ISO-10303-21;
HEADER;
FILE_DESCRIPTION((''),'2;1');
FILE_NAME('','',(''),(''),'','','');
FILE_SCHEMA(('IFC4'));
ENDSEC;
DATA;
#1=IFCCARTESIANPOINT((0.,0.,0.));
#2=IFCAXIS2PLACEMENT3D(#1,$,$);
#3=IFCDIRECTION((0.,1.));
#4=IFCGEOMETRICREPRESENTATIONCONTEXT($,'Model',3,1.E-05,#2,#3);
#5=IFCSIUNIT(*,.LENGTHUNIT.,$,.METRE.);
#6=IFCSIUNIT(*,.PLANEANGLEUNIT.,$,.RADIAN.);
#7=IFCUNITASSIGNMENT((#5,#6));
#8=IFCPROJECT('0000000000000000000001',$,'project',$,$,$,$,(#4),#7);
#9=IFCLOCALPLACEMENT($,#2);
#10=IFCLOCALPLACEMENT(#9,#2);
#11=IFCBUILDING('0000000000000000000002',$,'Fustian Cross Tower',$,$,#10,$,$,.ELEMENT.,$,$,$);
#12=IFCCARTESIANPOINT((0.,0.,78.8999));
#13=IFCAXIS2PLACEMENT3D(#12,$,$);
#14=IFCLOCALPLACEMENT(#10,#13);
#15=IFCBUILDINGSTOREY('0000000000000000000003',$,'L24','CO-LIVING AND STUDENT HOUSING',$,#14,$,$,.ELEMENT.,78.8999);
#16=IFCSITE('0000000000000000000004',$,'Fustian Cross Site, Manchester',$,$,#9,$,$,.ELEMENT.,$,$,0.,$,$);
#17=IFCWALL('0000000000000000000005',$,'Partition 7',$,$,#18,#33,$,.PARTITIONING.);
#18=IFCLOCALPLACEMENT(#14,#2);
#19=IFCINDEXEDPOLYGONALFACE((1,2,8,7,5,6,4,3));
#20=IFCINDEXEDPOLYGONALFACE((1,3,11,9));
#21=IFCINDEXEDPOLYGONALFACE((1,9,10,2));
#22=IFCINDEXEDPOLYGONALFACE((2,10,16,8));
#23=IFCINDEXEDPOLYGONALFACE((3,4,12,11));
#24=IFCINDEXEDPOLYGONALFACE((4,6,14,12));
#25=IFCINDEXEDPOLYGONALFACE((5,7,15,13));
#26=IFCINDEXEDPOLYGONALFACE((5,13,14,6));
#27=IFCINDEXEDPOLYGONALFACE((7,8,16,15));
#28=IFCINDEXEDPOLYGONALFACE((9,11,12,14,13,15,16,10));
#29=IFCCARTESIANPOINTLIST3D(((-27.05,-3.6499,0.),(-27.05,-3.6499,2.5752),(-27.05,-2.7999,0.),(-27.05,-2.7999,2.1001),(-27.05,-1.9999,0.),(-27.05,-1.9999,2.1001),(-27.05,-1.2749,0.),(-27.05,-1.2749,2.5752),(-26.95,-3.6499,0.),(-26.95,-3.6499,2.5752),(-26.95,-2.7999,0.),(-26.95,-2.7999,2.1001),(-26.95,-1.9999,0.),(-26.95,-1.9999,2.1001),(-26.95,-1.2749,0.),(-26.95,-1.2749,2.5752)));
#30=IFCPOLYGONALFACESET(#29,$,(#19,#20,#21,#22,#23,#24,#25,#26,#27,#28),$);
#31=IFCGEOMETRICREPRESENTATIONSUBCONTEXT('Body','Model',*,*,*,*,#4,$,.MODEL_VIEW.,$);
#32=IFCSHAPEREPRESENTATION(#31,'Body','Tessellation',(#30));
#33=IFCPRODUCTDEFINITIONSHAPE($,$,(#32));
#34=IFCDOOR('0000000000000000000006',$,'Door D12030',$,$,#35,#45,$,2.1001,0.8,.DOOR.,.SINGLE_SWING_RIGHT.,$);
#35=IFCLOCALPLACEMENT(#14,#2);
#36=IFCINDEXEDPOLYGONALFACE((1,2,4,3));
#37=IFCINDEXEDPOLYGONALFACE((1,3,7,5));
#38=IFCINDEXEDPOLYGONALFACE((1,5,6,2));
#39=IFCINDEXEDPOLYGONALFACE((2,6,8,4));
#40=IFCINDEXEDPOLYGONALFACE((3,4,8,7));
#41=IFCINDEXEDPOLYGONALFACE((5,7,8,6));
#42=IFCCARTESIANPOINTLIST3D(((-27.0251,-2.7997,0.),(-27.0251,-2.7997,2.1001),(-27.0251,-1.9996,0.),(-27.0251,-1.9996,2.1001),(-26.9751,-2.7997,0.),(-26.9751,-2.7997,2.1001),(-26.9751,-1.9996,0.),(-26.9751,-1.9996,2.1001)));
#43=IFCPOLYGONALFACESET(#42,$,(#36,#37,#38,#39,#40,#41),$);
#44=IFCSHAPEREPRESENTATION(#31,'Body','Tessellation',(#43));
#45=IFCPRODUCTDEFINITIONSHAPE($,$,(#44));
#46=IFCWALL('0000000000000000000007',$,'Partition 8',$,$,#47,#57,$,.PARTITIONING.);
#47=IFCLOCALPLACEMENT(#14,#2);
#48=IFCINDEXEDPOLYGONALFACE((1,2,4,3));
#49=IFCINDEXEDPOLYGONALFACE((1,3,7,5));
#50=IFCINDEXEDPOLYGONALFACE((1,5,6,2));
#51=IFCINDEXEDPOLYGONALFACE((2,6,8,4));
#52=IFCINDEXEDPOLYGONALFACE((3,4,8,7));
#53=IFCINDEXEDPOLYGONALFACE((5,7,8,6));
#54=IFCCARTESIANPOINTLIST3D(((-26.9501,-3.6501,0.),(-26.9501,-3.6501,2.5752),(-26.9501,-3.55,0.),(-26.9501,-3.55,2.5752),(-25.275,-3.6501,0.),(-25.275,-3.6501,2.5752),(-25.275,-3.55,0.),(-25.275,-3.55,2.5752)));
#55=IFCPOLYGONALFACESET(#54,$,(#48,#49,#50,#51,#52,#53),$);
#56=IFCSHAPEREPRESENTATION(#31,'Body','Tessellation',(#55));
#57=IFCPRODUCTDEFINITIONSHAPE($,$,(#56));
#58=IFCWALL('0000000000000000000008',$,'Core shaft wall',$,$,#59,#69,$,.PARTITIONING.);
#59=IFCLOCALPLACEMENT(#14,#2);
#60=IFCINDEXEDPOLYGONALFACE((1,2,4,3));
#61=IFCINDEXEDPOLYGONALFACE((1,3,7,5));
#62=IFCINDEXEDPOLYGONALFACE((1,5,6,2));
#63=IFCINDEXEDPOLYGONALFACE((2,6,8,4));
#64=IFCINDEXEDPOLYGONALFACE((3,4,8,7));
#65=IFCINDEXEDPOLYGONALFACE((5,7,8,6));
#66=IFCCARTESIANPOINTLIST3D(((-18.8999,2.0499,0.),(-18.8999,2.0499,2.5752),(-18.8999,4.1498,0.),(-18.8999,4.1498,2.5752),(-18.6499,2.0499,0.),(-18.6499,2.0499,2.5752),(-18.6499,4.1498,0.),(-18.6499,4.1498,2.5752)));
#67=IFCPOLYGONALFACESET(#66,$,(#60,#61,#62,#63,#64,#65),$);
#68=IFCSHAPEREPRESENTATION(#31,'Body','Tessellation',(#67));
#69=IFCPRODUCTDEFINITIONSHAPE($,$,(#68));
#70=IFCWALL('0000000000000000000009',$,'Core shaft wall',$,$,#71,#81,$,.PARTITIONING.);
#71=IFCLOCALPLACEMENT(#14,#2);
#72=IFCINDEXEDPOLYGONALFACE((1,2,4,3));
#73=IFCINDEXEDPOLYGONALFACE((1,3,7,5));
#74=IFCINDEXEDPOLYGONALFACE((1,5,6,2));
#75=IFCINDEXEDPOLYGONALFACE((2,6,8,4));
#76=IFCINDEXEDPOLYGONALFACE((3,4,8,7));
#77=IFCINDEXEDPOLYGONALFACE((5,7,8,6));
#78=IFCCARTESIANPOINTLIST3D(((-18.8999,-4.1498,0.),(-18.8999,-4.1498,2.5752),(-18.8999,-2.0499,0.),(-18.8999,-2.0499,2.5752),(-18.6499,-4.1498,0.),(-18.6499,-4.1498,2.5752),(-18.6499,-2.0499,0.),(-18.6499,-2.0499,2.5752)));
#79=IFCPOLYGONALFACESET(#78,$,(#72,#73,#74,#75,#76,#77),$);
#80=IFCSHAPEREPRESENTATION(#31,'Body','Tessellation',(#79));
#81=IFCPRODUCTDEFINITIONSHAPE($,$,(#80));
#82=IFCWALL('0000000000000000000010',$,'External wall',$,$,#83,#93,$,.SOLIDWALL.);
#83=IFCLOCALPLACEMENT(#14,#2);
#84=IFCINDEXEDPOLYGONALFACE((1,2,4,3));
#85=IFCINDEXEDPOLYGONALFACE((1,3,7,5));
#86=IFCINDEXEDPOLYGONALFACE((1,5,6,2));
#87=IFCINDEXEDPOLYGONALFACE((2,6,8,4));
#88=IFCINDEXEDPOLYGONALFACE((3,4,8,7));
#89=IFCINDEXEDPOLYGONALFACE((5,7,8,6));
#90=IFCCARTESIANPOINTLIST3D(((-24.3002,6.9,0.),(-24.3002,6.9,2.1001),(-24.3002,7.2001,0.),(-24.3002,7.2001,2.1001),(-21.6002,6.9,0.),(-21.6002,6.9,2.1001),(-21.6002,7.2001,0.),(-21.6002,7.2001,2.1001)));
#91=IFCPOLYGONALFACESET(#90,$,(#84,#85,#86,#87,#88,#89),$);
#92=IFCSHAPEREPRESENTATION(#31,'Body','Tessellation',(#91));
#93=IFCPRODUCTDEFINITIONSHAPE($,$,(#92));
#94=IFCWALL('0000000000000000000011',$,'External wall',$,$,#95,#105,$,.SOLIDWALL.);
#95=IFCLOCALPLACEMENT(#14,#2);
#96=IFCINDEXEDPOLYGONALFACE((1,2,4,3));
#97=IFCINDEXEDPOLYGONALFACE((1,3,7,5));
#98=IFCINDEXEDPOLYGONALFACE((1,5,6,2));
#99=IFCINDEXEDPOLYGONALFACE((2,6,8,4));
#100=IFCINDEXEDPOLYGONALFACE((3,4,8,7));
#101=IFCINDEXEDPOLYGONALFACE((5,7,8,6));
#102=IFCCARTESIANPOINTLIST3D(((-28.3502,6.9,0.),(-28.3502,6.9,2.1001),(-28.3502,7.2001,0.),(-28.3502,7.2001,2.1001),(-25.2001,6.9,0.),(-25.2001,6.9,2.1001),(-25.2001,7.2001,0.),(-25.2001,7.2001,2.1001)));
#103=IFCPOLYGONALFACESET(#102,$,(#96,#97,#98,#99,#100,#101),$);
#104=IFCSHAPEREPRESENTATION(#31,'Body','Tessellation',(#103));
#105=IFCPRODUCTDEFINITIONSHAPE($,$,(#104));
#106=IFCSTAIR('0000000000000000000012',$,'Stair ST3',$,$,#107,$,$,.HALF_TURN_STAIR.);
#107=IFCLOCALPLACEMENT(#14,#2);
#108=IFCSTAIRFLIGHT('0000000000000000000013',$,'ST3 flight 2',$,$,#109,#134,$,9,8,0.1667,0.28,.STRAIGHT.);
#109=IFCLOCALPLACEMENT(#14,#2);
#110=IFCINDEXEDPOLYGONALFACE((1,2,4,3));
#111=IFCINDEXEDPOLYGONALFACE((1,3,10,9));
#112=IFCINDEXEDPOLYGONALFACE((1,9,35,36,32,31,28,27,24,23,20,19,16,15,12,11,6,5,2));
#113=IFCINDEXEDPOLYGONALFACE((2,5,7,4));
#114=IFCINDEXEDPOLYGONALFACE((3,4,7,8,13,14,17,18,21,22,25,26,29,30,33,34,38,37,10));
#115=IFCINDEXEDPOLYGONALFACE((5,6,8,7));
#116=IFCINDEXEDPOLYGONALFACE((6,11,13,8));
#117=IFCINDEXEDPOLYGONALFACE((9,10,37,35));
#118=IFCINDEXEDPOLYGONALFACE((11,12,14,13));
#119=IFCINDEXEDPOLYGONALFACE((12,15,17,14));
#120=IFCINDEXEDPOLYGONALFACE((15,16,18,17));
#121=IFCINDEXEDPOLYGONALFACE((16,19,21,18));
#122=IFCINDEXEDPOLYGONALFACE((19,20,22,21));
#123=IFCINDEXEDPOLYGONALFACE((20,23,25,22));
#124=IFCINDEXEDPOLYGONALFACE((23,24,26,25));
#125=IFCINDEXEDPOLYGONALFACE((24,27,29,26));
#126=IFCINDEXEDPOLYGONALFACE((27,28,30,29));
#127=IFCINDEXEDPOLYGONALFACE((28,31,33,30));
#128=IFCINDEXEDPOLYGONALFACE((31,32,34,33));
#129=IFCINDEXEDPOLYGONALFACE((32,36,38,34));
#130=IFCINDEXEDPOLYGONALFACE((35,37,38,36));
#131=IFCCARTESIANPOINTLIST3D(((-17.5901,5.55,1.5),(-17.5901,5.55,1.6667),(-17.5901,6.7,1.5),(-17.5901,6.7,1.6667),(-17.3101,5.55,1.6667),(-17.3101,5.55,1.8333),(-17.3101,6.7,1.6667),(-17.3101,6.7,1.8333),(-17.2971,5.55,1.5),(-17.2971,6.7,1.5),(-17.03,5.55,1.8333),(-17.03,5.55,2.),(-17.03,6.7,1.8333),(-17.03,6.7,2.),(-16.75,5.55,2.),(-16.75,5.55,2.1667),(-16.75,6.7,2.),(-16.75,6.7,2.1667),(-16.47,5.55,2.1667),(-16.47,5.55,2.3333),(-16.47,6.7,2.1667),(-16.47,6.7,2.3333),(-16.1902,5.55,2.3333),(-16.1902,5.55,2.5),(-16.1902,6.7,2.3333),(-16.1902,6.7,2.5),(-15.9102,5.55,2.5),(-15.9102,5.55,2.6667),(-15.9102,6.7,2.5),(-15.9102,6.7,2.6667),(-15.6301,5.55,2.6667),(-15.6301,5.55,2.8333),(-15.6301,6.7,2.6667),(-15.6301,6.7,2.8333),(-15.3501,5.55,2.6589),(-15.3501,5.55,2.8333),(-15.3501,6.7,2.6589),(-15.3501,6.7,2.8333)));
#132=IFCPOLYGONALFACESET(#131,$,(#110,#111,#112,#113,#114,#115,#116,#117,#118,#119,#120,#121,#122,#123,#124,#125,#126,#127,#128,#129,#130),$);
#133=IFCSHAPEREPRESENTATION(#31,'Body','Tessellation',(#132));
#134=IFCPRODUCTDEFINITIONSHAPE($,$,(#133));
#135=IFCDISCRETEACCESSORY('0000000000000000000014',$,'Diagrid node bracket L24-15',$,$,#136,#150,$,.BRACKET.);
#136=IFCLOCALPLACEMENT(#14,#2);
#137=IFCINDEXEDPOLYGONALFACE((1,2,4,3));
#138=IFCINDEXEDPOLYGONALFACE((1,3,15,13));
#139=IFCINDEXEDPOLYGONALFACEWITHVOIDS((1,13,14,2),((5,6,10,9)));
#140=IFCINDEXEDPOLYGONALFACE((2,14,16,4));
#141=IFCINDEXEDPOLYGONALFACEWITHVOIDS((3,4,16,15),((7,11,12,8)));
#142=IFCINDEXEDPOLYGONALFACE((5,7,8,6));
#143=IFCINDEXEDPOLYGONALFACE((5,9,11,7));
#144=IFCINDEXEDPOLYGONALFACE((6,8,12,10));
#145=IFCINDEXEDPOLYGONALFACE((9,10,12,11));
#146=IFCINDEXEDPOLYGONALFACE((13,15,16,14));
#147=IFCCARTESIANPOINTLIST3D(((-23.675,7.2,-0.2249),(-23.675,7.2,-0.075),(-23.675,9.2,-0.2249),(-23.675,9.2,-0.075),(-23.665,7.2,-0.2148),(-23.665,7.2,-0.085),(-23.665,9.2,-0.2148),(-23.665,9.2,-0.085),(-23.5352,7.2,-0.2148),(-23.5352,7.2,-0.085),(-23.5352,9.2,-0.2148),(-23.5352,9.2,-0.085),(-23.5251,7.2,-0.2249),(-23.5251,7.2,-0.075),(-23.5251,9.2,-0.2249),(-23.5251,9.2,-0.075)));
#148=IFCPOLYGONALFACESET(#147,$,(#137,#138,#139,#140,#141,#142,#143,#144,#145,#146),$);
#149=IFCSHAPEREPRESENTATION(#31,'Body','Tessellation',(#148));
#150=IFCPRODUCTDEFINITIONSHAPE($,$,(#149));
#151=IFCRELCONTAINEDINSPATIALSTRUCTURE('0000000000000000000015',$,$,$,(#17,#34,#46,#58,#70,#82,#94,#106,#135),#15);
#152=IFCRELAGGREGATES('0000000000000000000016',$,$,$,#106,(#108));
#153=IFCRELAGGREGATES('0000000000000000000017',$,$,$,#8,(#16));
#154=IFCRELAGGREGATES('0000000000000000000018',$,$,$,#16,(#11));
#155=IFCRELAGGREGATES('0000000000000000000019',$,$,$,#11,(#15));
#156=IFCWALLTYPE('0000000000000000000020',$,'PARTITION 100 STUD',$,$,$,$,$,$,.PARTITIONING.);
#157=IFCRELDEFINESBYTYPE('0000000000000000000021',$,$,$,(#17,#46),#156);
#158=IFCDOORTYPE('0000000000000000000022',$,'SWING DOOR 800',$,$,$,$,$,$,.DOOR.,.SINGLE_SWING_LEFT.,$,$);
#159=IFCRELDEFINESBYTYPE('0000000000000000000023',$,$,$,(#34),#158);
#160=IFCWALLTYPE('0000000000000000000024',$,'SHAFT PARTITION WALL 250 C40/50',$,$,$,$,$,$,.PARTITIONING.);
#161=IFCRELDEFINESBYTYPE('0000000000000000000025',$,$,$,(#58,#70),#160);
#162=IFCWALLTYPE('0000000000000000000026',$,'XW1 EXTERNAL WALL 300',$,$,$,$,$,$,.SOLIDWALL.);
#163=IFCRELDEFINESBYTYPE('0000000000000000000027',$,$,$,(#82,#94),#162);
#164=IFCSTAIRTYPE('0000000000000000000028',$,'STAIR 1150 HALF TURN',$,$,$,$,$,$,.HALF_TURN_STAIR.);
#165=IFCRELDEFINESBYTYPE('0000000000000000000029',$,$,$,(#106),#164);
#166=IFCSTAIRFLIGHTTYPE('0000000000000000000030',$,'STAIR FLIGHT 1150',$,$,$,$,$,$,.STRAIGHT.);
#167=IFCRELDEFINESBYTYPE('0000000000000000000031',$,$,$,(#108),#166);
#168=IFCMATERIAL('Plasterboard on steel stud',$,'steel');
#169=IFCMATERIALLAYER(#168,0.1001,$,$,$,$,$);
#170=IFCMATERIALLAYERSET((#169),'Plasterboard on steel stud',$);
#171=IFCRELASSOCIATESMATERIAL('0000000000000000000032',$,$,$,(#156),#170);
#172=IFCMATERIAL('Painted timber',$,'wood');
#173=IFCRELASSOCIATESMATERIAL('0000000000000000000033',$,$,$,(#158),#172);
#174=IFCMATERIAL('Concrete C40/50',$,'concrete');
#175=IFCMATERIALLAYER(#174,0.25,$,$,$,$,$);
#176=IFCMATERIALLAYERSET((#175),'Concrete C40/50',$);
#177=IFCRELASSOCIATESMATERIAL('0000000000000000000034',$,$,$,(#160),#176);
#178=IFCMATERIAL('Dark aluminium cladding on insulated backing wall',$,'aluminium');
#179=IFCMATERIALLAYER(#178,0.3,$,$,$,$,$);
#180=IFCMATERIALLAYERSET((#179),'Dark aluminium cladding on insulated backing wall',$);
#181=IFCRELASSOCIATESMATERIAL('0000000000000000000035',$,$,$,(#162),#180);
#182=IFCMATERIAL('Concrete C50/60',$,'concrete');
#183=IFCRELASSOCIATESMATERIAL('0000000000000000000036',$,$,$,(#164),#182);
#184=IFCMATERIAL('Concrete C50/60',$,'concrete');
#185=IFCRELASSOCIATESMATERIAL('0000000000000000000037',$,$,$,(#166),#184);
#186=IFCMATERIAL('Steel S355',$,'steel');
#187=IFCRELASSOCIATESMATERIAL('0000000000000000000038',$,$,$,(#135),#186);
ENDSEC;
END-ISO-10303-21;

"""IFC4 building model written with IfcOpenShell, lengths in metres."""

from ifc_helpers import new_model, si_unit, direction, frame, frame_2d, origin, origin_2d, place, context, subcontext, project, spatial, polyline, rectangle, hollow_rectangle, outline, extrude, material, layer, layer_set, type_object, element, fill, aggregate, save


model = new_model("IFC4")

# Units and contexts
model_context = context("Model", 3, precision=1e-05, world=origin(), true_north=direction((0.0, 1.0)))
body_context = subcontext(model_context, "Body", "Model", "MODEL_VIEW")
ifc_project = project(units=[si_unit("LENGTHUNIT", "METRE"), si_unit("PLANEANGLEUNIT", "RADIAN")], contexts=[model_context])

# Site, building, storey
site_placement = place(None, origin())
site = spatial("IfcSite", under=ifc_project, at=site_placement, Name="Fustian Cross Site, Manchester", CompositionType="ELEMENT", RefElevation=0.0)
building_placement = place(site_placement, origin())
building = spatial("IfcBuilding", under=site, at=building_placement, Name="Fustian Cross Tower", CompositionType="ELEMENT")
storey_placement = place(building_placement, frame((0.0, 0.0, 78.8999)))
storey = spatial("IfcBuildingStorey", under=building, at=storey_placement, Name="L24", Description="CO-LIVING AND STUDENT HOUSING", CompositionType="ELEMENT", Elevation=78.8999)

# Wall, opening, door
ifc_material_1 = material(Name="Plasterboard on steel stud", Category="steel")
ifc_layer_1 = layer(ifc_material_1, 0.1001)
ifc_layer_set_1 = layer_set([ifc_layer_1], Name="Plasterboard on steel stud")
wall_type_1 = type_object("IfcWallType", Name="PARTITION 100 STUD", PredefinedType="PARTITIONING", material=ifc_layer_set_1)
wall_1_placement = place(storey_placement, frame((-27.0, -3.6499, 0.0), z_axis=(0.0, 0.0, 1.0), x_axis=(0.0, 1.0, 0.0)))
wall_1 = element("IfcWall", 1, at=wall_1_placement, inside=storey, type_object=wall_type_1, Name="Partition 7", PredefinedType="PARTITIONING", context=body_context, shape_type="SweptSolid", body=[
    extrude(rectangle(XDim=2.375, YDim=0.1001, at=frame_2d((1.1875, 0.0))), origin(), (0.0, 0.0, 1.0), 2.5752),
])
opening_placement = place(wall_1_placement, frame((0.8501, 0.0, 0.0)))
opening = element("IfcOpeningElement", 2, at=opening_placement, cuts=wall_1, PredefinedType="OPENING", context=body_context, shape_type="SweptSolid", body=[
    extrude(rectangle(XDim=0.8, YDim=2.1001, at=frame_2d((0.3999, 1.05))), frame((0.0, 0.0601, 0.0), z_axis=(0.0, -1.0, 0.0), x_axis=(1.0, 0.0, 0.0)), (0.0, 0.0, 1.0), 0.1201),
])
ifc_material_2 = material(Name="Painted timber", Category="wood")
door_type = type_object("IfcDoorType", Name="SWING DOOR 800", OperationType="SINGLE_SWING_LEFT", PredefinedType="DOOR", material=ifc_material_2)
door_placement = place(opening_placement, frame((0.8, 0.0, 0.0), z_axis=(0.0, 0.0, 1.0), x_axis=(-1.0, 0.0, 0.0)))
door = element("IfcDoor", 3, at=door_placement, inside=storey, type_object=door_type, Name="Door D12030", OperationType="SINGLE_SWING_RIGHT", OverallHeight=2.1001, OverallWidth=0.8, PredefinedType="DOOR", context=body_context, shape_type="SweptSolid", body=[
    extrude(rectangle(XDim=0.8, YDim=2.1001, at=frame_2d((0.3999, 1.05))), frame((0.0, 0.0249, 0.0), z_axis=(0.0, -1.0, 0.0), x_axis=(1.0, 0.0, 0.0)), (0.0, 0.0, 1.0), 0.05),
])
fill(opening, door)

# Walls
wall_2_placement = place(storey_placement, frame((-26.95, -3.6001, 0.0), z_axis=(0.0, 0.0, 1.0), x_axis=(1.0, 0.0, 0.0)))
element("IfcWall", 4, at=wall_2_placement, inside=storey, type_object=wall_type_1, Name="Partition 8", PredefinedType="PARTITIONING", context=body_context, shape_type="SweptSolid", body=[
    extrude(rectangle(XDim=1.675, YDim=0.1001, at=frame_2d((0.8374, 0.0))), origin(), (0.0, 0.0, 1.0), 2.5752),
])
ifc_material_3 = material(Name="Concrete C40/50", Category="concrete")
ifc_layer_2 = layer(ifc_material_3, 0.25)
ifc_layer_set_2 = layer_set([ifc_layer_2], Name="Concrete C40/50")
wall_type_2 = type_object("IfcWallType", Name="SHAFT PARTITION WALL 250 C40/50", PredefinedType="PARTITIONING", material=ifc_layer_set_2)
for number, where, z_axis, x_axis, name in (
    (5, (-18.7749, 2.05, 0.0), (0.0, 0.0, 1.0), (0.0, 1.0, 0.0), "Core shaft wall"),
    (6, (-18.7749, -2.05, 0.0), (0.0, 0.0, 1.0), (0.0, -1.0, 0.0), "Core shaft wall"),
):
    element("IfcWall", number, at=place(storey_placement, frame(where, z_axis=z_axis, x_axis=x_axis)), inside=storey, type_object=wall_type_2, Name=name, PredefinedType="PARTITIONING", context=body_context, shape_type="SweptSolid", body=[
        extrude(rectangle(XDim=2.0999, YDim=0.25, at=frame_2d((1.0498, 0.0))), origin(), (0.0, 0.0, 1.0), 2.5752),
    ])
ifc_material_4 = material(Name="Dark aluminium cladding on insulated backing wall", Category="aluminium")
ifc_layer_3 = layer(ifc_material_4, 0.3)
ifc_layer_set_3 = layer_set([ifc_layer_3], Name="Dark aluminium cladding on insulated backing wall")
wall_type_3 = type_object("IfcWallType", Name="XW1 EXTERNAL WALL 300", PredefinedType="SOLIDWALL", material=ifc_layer_set_3)
wall_3_placement = place(storey_placement, frame((-21.6001, 7.05, 0.0), z_axis=(0.0, 0.0, 1.0), x_axis=(-1.0, 0.0, 0.0)))
element("IfcWall", 7, at=wall_3_placement, inside=storey, type_object=wall_type_3, Name="External wall", PredefinedType="SOLIDWALL", context=body_context, shape_type="SweptSolid", body=[
    extrude(rectangle(XDim=2.7, YDim=0.3, at=frame_2d((1.3501, 0.0))), origin(), (0.0, 0.0, 1.0), 2.1001),
])
wall_4_placement = place(storey_placement, frame((-25.2, 7.05, 0.0), z_axis=(0.0, 0.0, 1.0), x_axis=(-1.0, 0.0, 0.0)))
element("IfcWall", 8, at=wall_4_placement, inside=storey, type_object=wall_type_3, Name="External wall", PredefinedType="SOLIDWALL", context=body_context, shape_type="SweptSolid", body=[
    extrude(rectangle(XDim=3.1501, YDim=0.3, at=frame_2d((1.5752, 0.0))), origin(), (0.0, 0.0, 1.0), 2.1001),
])

# Stair, stair flight
ifc_material_5 = material(Name="Concrete C50/60", Category="concrete")
stair_type = type_object("IfcStairType", Name="STAIR 1150 HALF TURN", PredefinedType="HALF_TURN_STAIR", material=ifc_material_5)
stair_placement = place(storey_placement, origin())
stair = element("IfcStair", 9, at=stair_placement, inside=storey, type_object=stair_type, Name="Stair ST3", PredefinedType="HALF_TURN_STAIR")
ifc_material_6 = material(Name="Concrete C50/60", Category="concrete")
stair_flight_type = type_object("IfcStairFlightType", Name="STAIR FLIGHT 1150", PredefinedType="STRAIGHT", material=ifc_material_6)
stair_flight_placement = place(storey_placement, frame((-17.5901, 6.125, 1.5), z_axis=(0.0, 0.0, 1.0), x_axis=(1.0, 0.0, 0.0)))
stair_flight = element("IfcStairFlight", 10, at=stair_flight_placement, type_object=stair_flight_type, Name="ST3 flight 2", NumberOfRisers=9, NumberOfTreads=8, PredefinedType="STRAIGHT", RiserHeight=0.1667, TreadLength=0.28, context=body_context, shape_type="SweptSolid", body=[
    extrude(outline(polyline([(0.0, 0.0), (0.0, 0.1667), (0.28, 0.1667), (0.28, 0.3333), (0.5601, 0.3333), (0.5601, 0.5), (0.8401, 0.5), (0.8401, 0.6667), (1.1201, 0.6667), (1.1201, 0.8333), (1.3999, 0.8333), (1.3999, 1.0), (1.6799, 1.0), (1.6799, 1.1667), (1.96, 1.1667), (1.96, 1.3333), (2.24, 1.3333), (2.24, 1.5), (2.24, 1.1589), (0.293, 0.0), (0.0, 0.0)])), frame((0.0, 0.575, 0.0), z_axis=(0.0, -1.0, 0.0), x_axis=(1.0, 0.0, 0.0)), (0.0, 0.0, 1.0), 1.1499),
])
aggregate(stair, [stair_flight])

# Discrete accessory
ifc_material_7 = material(Name="Steel S355", Category="steel")
discrete_accessory_placement = place(storey_placement, frame((-23.6001, 9.2, -0.1499), z_axis=(0.0, -1.0, 0.0), x_axis=(1.0, 0.0, 0.0)))
element("IfcDiscreteAccessory", 11, at=discrete_accessory_placement, inside=storey, material=ifc_material_7, Name="Diagrid node bracket L24-15", PredefinedType="BRACKET", context=body_context, shape_type="SweptSolid", body=[
    extrude(hollow_rectangle(XDim=0.1499, YDim=0.1499, WallThickness=0.01, at=origin_2d()), origin(), (0.0, 0.0, 1.0), 2.0),
])

save(model, "model.ifc")
